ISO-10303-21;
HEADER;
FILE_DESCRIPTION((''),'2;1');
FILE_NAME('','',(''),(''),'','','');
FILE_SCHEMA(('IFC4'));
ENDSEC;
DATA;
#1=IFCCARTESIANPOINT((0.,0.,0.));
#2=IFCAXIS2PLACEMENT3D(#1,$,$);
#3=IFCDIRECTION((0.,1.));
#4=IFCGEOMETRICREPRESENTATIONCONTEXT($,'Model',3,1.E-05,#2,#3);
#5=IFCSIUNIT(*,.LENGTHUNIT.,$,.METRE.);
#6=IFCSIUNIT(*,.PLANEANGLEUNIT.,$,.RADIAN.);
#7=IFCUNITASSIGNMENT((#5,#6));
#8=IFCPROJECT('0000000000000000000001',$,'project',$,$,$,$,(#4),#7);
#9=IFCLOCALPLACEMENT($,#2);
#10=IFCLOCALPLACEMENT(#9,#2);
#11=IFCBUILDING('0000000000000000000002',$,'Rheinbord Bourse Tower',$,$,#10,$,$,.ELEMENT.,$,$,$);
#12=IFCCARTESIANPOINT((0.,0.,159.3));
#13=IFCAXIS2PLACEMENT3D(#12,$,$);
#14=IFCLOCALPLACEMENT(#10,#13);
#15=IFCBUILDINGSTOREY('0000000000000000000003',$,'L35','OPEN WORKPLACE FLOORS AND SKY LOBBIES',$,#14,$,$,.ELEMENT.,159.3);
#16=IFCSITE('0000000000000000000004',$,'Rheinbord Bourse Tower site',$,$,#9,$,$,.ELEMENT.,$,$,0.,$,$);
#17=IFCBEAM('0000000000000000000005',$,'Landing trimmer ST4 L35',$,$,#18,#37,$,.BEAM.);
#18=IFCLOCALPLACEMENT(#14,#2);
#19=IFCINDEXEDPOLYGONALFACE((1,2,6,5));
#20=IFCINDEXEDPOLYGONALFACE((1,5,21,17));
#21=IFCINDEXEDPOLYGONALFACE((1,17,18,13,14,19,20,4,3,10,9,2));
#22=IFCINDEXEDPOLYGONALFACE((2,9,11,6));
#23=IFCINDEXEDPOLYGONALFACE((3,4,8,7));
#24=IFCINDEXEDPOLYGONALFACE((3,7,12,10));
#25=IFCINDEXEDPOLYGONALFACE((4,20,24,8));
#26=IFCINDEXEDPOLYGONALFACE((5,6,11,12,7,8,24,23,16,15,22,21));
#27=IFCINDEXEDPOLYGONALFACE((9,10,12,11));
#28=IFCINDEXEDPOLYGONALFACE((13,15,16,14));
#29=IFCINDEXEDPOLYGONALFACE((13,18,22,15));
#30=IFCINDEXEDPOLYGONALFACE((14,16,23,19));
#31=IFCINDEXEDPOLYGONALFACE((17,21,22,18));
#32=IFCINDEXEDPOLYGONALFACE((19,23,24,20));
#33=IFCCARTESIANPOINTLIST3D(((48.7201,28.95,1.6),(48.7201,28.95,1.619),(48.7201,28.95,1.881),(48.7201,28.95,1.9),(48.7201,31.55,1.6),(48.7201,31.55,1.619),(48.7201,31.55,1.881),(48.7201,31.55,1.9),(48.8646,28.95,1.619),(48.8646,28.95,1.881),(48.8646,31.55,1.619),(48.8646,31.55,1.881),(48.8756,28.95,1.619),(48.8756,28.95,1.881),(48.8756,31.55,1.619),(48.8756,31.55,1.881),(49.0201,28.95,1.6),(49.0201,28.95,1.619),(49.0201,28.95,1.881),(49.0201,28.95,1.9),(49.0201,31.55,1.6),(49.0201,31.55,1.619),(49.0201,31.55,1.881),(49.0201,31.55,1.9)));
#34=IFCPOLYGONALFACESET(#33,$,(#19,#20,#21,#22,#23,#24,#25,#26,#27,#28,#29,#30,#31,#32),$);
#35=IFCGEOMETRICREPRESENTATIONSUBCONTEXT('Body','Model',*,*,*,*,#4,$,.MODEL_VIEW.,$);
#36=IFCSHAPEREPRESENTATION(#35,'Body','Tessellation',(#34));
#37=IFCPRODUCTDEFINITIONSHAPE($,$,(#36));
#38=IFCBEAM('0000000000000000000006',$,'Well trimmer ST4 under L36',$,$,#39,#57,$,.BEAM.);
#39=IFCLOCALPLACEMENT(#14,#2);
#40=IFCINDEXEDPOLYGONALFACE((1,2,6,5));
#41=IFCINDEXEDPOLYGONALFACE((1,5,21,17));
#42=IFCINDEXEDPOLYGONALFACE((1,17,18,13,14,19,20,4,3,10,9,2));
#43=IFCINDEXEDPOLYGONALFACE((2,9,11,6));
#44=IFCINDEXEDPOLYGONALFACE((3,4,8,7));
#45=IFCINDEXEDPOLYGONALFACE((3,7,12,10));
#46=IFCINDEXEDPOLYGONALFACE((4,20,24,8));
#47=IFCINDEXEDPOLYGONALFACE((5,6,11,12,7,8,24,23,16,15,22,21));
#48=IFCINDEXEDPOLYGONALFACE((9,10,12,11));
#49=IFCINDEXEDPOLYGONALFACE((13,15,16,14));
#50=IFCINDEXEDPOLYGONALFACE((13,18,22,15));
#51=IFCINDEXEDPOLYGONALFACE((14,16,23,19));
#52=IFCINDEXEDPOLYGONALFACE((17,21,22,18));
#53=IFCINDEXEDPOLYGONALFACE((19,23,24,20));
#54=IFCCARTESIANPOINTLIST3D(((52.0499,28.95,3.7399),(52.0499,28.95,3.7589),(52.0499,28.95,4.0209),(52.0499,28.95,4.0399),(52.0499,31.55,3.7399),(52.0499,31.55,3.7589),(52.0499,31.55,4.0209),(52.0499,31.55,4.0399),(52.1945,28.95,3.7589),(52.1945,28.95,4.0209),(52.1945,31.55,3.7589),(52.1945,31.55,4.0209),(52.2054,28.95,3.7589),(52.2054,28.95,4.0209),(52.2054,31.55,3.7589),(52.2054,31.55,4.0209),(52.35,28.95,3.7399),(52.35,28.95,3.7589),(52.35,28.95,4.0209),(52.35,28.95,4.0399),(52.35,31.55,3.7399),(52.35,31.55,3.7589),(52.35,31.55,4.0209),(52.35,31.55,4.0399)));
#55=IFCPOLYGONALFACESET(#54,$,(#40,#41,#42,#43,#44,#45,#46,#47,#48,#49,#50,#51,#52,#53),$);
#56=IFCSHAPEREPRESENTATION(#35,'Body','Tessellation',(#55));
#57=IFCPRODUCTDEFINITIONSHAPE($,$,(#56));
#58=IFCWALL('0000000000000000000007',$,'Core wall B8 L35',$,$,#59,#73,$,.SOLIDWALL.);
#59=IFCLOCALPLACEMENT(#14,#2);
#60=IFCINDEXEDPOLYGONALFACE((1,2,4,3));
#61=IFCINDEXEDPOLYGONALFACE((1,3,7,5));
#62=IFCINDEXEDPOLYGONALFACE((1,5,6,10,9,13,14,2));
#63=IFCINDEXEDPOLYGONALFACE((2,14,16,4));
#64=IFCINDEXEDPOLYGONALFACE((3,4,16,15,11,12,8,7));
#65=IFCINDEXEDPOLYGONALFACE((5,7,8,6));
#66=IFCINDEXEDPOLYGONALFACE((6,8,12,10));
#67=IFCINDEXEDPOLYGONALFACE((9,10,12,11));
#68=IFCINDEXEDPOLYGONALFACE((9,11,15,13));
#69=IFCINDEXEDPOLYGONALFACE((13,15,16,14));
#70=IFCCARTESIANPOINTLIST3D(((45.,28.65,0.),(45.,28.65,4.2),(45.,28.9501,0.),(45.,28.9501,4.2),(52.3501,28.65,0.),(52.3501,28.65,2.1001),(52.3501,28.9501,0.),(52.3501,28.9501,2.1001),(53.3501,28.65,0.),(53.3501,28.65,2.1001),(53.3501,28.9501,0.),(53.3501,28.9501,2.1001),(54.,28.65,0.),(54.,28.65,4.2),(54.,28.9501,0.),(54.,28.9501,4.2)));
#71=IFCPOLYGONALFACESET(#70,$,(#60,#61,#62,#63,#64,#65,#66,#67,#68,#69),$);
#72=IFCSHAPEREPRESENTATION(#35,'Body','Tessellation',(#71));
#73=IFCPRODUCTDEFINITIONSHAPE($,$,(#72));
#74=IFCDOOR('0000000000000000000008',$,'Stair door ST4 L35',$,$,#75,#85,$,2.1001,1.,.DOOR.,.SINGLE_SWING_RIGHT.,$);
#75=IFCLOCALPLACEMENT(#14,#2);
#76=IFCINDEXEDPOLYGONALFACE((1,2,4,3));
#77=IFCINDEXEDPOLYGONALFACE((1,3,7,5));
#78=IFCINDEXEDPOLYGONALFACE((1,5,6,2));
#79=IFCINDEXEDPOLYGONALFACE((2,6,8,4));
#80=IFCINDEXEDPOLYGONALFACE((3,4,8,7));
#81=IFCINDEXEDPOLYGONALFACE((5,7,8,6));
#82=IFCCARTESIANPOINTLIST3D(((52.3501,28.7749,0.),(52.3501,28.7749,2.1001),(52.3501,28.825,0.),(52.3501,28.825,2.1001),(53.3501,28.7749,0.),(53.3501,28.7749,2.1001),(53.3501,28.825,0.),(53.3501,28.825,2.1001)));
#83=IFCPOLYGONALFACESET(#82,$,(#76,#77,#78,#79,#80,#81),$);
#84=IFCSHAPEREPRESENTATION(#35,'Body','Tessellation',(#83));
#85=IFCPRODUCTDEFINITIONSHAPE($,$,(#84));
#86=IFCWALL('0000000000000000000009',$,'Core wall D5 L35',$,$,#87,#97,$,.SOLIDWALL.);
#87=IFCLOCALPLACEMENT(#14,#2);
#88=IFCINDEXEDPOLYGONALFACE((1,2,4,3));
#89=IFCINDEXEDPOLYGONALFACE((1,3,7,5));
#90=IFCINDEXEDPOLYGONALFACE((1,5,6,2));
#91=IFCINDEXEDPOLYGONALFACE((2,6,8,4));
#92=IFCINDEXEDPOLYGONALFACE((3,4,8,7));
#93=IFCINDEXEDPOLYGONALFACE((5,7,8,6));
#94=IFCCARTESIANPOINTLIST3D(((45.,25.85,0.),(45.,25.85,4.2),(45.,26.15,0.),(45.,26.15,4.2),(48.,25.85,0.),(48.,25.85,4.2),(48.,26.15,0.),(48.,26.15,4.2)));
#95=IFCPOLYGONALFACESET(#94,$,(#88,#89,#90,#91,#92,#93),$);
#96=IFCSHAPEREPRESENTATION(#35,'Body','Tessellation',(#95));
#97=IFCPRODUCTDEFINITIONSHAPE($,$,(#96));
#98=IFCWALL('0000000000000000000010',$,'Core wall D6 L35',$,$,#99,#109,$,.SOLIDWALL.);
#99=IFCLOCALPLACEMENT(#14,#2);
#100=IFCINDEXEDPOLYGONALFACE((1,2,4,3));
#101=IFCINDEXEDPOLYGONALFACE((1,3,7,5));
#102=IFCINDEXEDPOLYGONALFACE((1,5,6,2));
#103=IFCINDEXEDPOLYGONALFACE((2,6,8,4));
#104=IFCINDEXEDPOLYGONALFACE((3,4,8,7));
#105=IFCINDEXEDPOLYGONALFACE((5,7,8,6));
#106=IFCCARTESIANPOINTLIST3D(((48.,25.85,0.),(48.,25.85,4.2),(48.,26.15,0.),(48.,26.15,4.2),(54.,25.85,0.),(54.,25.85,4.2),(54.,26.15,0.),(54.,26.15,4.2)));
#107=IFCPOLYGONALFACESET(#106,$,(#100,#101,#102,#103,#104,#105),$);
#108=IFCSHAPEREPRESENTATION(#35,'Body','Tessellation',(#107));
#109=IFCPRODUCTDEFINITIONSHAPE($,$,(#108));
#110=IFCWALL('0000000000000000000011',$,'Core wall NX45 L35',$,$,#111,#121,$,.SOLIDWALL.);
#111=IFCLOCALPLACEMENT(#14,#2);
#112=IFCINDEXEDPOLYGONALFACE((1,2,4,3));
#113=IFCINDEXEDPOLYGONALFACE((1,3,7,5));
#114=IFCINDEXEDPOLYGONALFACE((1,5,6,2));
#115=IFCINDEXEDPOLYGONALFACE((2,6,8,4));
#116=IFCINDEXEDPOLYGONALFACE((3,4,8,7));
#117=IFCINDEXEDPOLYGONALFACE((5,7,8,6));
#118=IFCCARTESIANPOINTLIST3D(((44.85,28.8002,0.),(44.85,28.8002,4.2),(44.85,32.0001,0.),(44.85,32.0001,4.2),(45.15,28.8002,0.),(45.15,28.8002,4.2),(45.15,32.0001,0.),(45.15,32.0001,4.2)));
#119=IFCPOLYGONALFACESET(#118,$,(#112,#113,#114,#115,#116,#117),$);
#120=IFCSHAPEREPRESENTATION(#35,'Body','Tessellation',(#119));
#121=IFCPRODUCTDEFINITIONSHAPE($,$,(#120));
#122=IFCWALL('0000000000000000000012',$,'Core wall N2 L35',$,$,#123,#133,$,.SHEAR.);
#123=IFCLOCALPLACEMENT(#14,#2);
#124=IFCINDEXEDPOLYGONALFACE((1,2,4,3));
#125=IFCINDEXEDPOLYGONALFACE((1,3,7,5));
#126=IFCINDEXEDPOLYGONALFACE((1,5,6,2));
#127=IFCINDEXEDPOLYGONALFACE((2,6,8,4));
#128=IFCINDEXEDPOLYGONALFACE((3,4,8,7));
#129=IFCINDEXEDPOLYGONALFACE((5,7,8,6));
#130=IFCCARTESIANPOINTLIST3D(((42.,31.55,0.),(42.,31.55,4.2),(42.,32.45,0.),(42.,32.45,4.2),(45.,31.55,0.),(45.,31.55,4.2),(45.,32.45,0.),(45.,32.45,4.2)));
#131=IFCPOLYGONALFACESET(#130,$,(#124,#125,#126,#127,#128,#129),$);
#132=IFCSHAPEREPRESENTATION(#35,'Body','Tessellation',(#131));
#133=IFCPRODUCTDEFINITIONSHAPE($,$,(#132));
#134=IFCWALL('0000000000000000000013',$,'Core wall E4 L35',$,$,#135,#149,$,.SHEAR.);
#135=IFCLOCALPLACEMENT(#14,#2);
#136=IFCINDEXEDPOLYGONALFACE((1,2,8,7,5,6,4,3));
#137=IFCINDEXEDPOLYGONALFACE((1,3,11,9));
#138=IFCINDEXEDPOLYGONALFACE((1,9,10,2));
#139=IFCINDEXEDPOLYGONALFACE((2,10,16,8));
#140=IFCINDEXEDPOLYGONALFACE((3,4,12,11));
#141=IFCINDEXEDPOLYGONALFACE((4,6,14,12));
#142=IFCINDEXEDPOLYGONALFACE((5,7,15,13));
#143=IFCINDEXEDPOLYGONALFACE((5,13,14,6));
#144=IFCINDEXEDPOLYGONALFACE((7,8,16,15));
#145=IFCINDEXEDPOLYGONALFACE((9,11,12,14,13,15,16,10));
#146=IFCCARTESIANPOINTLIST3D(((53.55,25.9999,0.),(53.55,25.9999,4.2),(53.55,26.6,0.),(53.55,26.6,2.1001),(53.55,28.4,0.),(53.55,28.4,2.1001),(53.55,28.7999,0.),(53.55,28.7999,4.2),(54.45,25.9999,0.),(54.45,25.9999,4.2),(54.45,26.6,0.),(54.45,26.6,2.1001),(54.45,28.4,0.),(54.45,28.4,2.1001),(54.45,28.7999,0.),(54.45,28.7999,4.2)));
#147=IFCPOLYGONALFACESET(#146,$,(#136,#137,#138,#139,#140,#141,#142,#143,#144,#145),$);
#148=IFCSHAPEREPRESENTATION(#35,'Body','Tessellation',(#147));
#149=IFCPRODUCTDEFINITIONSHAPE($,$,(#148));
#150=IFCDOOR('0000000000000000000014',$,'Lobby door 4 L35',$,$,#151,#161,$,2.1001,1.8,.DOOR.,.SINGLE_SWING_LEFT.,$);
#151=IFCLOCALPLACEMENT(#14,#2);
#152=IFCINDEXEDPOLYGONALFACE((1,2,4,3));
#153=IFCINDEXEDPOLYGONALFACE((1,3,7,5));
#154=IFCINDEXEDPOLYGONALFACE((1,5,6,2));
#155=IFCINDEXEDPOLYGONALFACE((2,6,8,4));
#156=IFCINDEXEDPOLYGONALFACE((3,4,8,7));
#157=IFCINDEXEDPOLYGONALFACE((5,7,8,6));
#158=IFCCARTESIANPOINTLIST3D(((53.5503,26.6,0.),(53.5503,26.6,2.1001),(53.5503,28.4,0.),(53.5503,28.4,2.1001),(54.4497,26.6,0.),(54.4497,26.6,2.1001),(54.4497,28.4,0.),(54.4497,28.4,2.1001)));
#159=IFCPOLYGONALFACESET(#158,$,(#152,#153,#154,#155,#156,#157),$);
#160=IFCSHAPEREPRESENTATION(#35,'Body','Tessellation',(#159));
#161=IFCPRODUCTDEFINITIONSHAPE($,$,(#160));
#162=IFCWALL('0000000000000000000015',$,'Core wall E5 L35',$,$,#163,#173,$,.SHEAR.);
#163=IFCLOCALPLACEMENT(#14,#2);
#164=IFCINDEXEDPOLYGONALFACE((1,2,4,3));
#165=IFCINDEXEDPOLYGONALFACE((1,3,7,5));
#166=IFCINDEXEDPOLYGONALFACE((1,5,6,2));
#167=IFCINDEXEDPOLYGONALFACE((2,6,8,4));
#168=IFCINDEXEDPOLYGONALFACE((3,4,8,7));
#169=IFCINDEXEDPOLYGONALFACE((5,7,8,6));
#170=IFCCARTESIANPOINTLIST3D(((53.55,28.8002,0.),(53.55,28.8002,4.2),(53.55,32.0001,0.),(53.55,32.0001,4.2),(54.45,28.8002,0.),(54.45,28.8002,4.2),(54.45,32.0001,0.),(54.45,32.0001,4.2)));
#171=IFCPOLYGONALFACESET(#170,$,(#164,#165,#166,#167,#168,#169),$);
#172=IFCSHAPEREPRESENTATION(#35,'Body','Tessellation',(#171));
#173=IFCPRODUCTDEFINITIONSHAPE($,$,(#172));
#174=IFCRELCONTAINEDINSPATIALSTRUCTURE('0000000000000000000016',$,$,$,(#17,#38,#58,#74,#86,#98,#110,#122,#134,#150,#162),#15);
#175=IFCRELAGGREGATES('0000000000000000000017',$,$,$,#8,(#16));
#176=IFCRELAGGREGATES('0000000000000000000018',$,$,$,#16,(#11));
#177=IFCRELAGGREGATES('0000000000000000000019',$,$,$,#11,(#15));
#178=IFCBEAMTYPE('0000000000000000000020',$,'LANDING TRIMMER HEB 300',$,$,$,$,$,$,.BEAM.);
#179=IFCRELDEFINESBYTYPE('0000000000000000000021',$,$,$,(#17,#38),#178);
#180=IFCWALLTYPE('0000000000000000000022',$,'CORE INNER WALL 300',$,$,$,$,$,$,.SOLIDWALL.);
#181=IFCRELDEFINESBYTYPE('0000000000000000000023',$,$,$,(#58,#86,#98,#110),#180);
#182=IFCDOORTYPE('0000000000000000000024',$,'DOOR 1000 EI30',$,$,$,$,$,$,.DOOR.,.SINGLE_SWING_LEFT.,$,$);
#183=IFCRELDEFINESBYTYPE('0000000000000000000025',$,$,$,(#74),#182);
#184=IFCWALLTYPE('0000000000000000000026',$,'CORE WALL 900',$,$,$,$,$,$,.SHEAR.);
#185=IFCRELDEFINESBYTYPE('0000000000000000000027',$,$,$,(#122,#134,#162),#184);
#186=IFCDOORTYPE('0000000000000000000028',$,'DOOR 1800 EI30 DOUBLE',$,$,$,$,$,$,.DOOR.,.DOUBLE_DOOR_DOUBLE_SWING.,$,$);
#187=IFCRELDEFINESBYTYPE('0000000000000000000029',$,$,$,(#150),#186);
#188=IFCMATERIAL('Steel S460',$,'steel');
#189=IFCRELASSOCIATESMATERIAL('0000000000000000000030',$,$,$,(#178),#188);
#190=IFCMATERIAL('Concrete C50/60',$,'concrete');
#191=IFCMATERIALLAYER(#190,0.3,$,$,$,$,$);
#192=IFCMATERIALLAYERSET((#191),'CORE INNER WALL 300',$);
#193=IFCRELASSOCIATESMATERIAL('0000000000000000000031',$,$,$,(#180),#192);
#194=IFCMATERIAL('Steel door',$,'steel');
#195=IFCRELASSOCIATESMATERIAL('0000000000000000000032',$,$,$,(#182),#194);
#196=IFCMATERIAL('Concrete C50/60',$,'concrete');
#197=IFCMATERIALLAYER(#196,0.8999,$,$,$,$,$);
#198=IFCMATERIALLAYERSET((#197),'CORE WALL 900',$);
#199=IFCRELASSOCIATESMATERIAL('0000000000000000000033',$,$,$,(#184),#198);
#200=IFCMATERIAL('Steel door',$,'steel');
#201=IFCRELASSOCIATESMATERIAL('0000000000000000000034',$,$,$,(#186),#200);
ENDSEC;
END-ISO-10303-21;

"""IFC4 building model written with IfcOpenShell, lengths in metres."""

from ifc_helpers import new_model, si_unit, direction, frame, frame_2d, origin, origin_2d, place, context, subcontext, project, spatial, rectangle, i_section, extrude, material, layer, layer_set, material_profile, profile_set, type_object, element, fill, save


model = new_model("IFC4")

# Units and contexts
model_context = context("Model", 3, precision=1e-05, world=origin(), true_north=direction((0.0, 1.0)))
body_context = subcontext(model_context, "Body", "Model", "MODEL_VIEW")
ifc_project = project(units=[si_unit("LENGTHUNIT", "METRE"), si_unit("PLANEANGLEUNIT", "RADIAN")], contexts=[model_context])

# Site, building, storey
site_placement = place(None, origin())
site = spatial("IfcSite", under=ifc_project, at=site_placement, Name="Rheinbord Bourse Tower site", CompositionType="ELEMENT", RefElevation=0.0)
building_placement = place(site_placement, origin())
building = spatial("IfcBuilding", under=site, at=building_placement, Name="Rheinbord Bourse Tower", CompositionType="ELEMENT")
storey_placement = place(building_placement, frame((0.0, 0.0, 159.3)))
storey = spatial("IfcBuildingStorey", under=building, at=storey_placement, Name="L35", Description="OPEN WORKPLACE FLOORS AND SKY LOBBIES", CompositionType="ELEMENT", Elevation=159.3)

# Beams
ifc_material_1 = material(Name="Steel S460", Category="steel")
ifc_material_profile = material_profile(ifc_material_1, i_section(OverallWidth=0.3, OverallDepth=0.3, WebThickness=0.011, FlangeThickness=0.019, at=origin_2d()), Name="HEB 300")
ifc_profile_set = profile_set([ifc_material_profile], Name="Steel S460")
beam_type = type_object("IfcBeamType", Name="LANDING TRIMMER HEB 300", PredefinedType="BEAM", material=ifc_profile_set)
for number, where, z_axis, x_axis, name in (
    (1, (48.8701, 28.95, 1.75), (0.0, 1.0, 0.0), (-1.0, 0.0, 0.0), "Landing trimmer ST4 L35"),
    (2, (52.2, 28.95, 3.8899), (0.0, 1.0, 0.0), (-1.0, 0.0, 0.0), "Well trimmer ST4 under L36"),
):
    element("IfcBeam", number, at=place(storey_placement, frame(where, z_axis=z_axis, x_axis=x_axis)), inside=storey, type_object=beam_type, Name=name, PredefinedType="BEAM", context=body_context, shape_type="SweptSolid", body=[
        extrude(i_section(OverallWidth=0.3, OverallDepth=0.3, WebThickness=0.011, FlangeThickness=0.019, at=origin_2d()), origin(), (0.0, 0.0, 1.0), 2.6001),
    ])

# Wall, opening, door
ifc_material_2 = material(Name="Concrete C50/60", Category="concrete")
ifc_layer_1 = layer(ifc_material_2, 0.3)
ifc_layer_set_1 = layer_set([ifc_layer_1], Name="CORE INNER WALL 300")
wall_type_1 = type_object("IfcWallType", Name="CORE INNER WALL 300", PredefinedType="SOLIDWALL", material=ifc_layer_set_1)
wall_1_placement = place(storey_placement, frame((45.0, 28.8, 0.0), z_axis=(0.0, 0.0, 1.0), x_axis=(1.0, 0.0, 0.0)))
wall_1 = element("IfcWall", 3, at=wall_1_placement, inside=storey, type_object=wall_type_1, Name="Core wall B8 L35", PredefinedType="SOLIDWALL", context=body_context, shape_type="SweptSolid", body=[
    extrude(rectangle(XDim=9.0, YDim=0.3, at=frame_2d((4.5, 0.0))), origin(), (0.0, 0.0, 1.0), 4.2),
])
opening_1_placement = place(wall_1_placement, frame((7.3501, 0.0, 0.0)))
opening_1 = element("IfcOpeningElement", 4, at=opening_1_placement, cuts=wall_1, PredefinedType="OPENING", context=body_context, shape_type="SweptSolid", body=[
    extrude(rectangle(XDim=1.0, YDim=2.1001, at=frame_2d((0.5, 1.05))), frame((0.0, 0.1599, 0.0), z_axis=(0.0, -1.0, 0.0), x_axis=(1.0, 0.0, 0.0)), (0.0, 0.0, 1.0), 0.3201),
])
ifc_material_3 = material(Name="Steel door", Category="steel")
door_type_1 = type_object("IfcDoorType", Name="DOOR 1000 EI30", OperationType="SINGLE_SWING_LEFT", PredefinedType="DOOR", material=ifc_material_3)
door_1_placement = place(opening_1_placement, origin())
door_1 = element("IfcDoor", 5, at=door_1_placement, inside=storey, type_object=door_type_1, Name="Stair door ST4 L35", OperationType="SINGLE_SWING_RIGHT", OverallHeight=2.1001, OverallWidth=1.0, PredefinedType="DOOR", context=body_context, shape_type="SweptSolid", body=[
    extrude(rectangle(XDim=1.0, YDim=2.1001, at=frame_2d((0.5, 1.05))), frame((0.0, 0.0249, 0.0), z_axis=(0.0, -1.0, 0.0), x_axis=(1.0, 0.0, 0.0)), (0.0, 0.0, 1.0), 0.05),
])
fill(opening_1, door_1)

# Walls
wall_2_placement = place(storey_placement, frame((45.0, 26.0, 0.0), z_axis=(0.0, 0.0, 1.0), x_axis=(1.0, 0.0, 0.0)))
element("IfcWall", 6, at=wall_2_placement, inside=storey, type_object=wall_type_1, Name="Core wall D5 L35", PredefinedType="SOLIDWALL", context=body_context, shape_type="SweptSolid", body=[
    extrude(rectangle(XDim=3.0, YDim=0.3, at=frame_2d((1.5, 0.0))), origin(), (0.0, 0.0, 1.0), 4.2),
])
wall_3_placement = place(storey_placement, frame((48.0, 26.0, 0.0), z_axis=(0.0, 0.0, 1.0), x_axis=(1.0, 0.0, 0.0)))
element("IfcWall", 7, at=wall_3_placement, inside=storey, type_object=wall_type_1, Name="Core wall D6 L35", PredefinedType="SOLIDWALL", context=body_context, shape_type="SweptSolid", body=[
    extrude(rectangle(XDim=6.0, YDim=0.3, at=frame_2d((3.0, 0.0))), origin(), (0.0, 0.0, 1.0), 4.2),
])
wall_4_placement = place(storey_placement, frame((45.0, 28.8, 0.0), z_axis=(0.0, 0.0, 1.0), x_axis=(0.0, 1.0, 0.0)))
element("IfcWall", 8, at=wall_4_placement, inside=storey, type_object=wall_type_1, Name="Core wall NX45 L35", PredefinedType="SOLIDWALL", context=body_context, shape_type="SweptSolid", body=[
    extrude(rectangle(XDim=3.2, YDim=0.3, at=frame_2d((1.6001, 0.0))), origin(), (0.0, 0.0, 1.0), 4.2),
])
ifc_material_4 = material(Name="Concrete C50/60", Category="concrete")
ifc_layer_2 = layer(ifc_material_4, 0.8999)
ifc_layer_set_2 = layer_set([ifc_layer_2], Name="CORE WALL 900")
wall_type_2 = type_object("IfcWallType", Name="CORE WALL 900", PredefinedType="SHEAR", material=ifc_layer_set_2)
wall_5_placement = place(storey_placement, frame((45.0, 32.0, 0.0), z_axis=(0.0, 0.0, 1.0), x_axis=(-1.0, 0.0, 0.0)))
element("IfcWall", 9, at=wall_5_placement, inside=storey, type_object=wall_type_2, Name="Core wall N2 L35", PredefinedType="SHEAR", context=body_context, shape_type="SweptSolid", body=[
    extrude(rectangle(XDim=3.0, YDim=0.8999, at=frame_2d((1.5, 0.0))), origin(), (0.0, 0.0, 1.0), 4.2),
])

# Wall, opening, door
wall_6_placement = place(storey_placement, frame((54.0, 26.0, 0.0), z_axis=(0.0, 0.0, 1.0), x_axis=(0.0, 1.0, 0.0)))
wall_6 = element("IfcWall", 10, at=wall_6_placement, inside=storey, type_object=wall_type_2, Name="Core wall E4 L35", PredefinedType="SHEAR", context=body_context, shape_type="SweptSolid", body=[
    extrude(rectangle(XDim=2.8, YDim=0.8999, at=frame_2d((1.3999, 0.0))), origin(), (0.0, 0.0, 1.0), 4.2),
])
opening_2_placement = place(wall_6_placement, frame((0.6001, 0.0, 0.0)))
opening_2 = element("IfcOpeningElement", 11, at=opening_2_placement, cuts=wall_6, PredefinedType="OPENING", context=body_context, shape_type="SweptSolid", body=[
    extrude(rectangle(XDim=1.8, YDim=2.1001, at=frame_2d((0.8999, 1.05))), frame((0.0, 0.46, 0.0), z_axis=(0.0, -1.0, 0.0), x_axis=(1.0, 0.0, 0.0)), (0.0, 0.0, 1.0), 0.9199),
])
ifc_material_5 = material(Name="Steel door", Category="steel")
door_type_2 = type_object("IfcDoorType", Name="DOOR 1800 EI30 DOUBLE", OperationType="DOUBLE_DOOR_DOUBLE_SWING", PredefinedType="DOOR", material=ifc_material_5)
door_2_placement = place(opening_2_placement, origin())
door_2 = element("IfcDoor", 12, at=door_2_placement, inside=storey, type_object=door_type_2, Name="Lobby door 4 L35", OperationType="SINGLE_SWING_LEFT", OverallHeight=2.1001, OverallWidth=1.8, PredefinedType="DOOR", context=body_context, shape_type="SweptSolid", body=[
    extrude(rectangle(XDim=1.8, YDim=2.1001, at=frame_2d((0.8999, 1.05))), frame((0.0, 0.4497, 0.0), z_axis=(0.0, -1.0, 0.0), x_axis=(1.0, 0.0, 0.0)), (0.0, 0.0, 1.0), 0.8994),
])
fill(opening_2, door_2)

# Wall
wall_7_placement = place(storey_placement, frame((54.0, 28.8, 0.0), z_axis=(0.0, 0.0, 1.0), x_axis=(0.0, 1.0, 0.0)))
element("IfcWall", 13, at=wall_7_placement, inside=storey, type_object=wall_type_2, Name="Core wall E5 L35", PredefinedType="SHEAR", context=body_context, shape_type="SweptSolid", body=[
    extrude(rectangle(XDim=3.2, YDim=0.8999, at=frame_2d((1.6001, 0.0))), origin(), (0.0, 0.0, 1.0), 4.2),
])

save(model, "model.ifc")
